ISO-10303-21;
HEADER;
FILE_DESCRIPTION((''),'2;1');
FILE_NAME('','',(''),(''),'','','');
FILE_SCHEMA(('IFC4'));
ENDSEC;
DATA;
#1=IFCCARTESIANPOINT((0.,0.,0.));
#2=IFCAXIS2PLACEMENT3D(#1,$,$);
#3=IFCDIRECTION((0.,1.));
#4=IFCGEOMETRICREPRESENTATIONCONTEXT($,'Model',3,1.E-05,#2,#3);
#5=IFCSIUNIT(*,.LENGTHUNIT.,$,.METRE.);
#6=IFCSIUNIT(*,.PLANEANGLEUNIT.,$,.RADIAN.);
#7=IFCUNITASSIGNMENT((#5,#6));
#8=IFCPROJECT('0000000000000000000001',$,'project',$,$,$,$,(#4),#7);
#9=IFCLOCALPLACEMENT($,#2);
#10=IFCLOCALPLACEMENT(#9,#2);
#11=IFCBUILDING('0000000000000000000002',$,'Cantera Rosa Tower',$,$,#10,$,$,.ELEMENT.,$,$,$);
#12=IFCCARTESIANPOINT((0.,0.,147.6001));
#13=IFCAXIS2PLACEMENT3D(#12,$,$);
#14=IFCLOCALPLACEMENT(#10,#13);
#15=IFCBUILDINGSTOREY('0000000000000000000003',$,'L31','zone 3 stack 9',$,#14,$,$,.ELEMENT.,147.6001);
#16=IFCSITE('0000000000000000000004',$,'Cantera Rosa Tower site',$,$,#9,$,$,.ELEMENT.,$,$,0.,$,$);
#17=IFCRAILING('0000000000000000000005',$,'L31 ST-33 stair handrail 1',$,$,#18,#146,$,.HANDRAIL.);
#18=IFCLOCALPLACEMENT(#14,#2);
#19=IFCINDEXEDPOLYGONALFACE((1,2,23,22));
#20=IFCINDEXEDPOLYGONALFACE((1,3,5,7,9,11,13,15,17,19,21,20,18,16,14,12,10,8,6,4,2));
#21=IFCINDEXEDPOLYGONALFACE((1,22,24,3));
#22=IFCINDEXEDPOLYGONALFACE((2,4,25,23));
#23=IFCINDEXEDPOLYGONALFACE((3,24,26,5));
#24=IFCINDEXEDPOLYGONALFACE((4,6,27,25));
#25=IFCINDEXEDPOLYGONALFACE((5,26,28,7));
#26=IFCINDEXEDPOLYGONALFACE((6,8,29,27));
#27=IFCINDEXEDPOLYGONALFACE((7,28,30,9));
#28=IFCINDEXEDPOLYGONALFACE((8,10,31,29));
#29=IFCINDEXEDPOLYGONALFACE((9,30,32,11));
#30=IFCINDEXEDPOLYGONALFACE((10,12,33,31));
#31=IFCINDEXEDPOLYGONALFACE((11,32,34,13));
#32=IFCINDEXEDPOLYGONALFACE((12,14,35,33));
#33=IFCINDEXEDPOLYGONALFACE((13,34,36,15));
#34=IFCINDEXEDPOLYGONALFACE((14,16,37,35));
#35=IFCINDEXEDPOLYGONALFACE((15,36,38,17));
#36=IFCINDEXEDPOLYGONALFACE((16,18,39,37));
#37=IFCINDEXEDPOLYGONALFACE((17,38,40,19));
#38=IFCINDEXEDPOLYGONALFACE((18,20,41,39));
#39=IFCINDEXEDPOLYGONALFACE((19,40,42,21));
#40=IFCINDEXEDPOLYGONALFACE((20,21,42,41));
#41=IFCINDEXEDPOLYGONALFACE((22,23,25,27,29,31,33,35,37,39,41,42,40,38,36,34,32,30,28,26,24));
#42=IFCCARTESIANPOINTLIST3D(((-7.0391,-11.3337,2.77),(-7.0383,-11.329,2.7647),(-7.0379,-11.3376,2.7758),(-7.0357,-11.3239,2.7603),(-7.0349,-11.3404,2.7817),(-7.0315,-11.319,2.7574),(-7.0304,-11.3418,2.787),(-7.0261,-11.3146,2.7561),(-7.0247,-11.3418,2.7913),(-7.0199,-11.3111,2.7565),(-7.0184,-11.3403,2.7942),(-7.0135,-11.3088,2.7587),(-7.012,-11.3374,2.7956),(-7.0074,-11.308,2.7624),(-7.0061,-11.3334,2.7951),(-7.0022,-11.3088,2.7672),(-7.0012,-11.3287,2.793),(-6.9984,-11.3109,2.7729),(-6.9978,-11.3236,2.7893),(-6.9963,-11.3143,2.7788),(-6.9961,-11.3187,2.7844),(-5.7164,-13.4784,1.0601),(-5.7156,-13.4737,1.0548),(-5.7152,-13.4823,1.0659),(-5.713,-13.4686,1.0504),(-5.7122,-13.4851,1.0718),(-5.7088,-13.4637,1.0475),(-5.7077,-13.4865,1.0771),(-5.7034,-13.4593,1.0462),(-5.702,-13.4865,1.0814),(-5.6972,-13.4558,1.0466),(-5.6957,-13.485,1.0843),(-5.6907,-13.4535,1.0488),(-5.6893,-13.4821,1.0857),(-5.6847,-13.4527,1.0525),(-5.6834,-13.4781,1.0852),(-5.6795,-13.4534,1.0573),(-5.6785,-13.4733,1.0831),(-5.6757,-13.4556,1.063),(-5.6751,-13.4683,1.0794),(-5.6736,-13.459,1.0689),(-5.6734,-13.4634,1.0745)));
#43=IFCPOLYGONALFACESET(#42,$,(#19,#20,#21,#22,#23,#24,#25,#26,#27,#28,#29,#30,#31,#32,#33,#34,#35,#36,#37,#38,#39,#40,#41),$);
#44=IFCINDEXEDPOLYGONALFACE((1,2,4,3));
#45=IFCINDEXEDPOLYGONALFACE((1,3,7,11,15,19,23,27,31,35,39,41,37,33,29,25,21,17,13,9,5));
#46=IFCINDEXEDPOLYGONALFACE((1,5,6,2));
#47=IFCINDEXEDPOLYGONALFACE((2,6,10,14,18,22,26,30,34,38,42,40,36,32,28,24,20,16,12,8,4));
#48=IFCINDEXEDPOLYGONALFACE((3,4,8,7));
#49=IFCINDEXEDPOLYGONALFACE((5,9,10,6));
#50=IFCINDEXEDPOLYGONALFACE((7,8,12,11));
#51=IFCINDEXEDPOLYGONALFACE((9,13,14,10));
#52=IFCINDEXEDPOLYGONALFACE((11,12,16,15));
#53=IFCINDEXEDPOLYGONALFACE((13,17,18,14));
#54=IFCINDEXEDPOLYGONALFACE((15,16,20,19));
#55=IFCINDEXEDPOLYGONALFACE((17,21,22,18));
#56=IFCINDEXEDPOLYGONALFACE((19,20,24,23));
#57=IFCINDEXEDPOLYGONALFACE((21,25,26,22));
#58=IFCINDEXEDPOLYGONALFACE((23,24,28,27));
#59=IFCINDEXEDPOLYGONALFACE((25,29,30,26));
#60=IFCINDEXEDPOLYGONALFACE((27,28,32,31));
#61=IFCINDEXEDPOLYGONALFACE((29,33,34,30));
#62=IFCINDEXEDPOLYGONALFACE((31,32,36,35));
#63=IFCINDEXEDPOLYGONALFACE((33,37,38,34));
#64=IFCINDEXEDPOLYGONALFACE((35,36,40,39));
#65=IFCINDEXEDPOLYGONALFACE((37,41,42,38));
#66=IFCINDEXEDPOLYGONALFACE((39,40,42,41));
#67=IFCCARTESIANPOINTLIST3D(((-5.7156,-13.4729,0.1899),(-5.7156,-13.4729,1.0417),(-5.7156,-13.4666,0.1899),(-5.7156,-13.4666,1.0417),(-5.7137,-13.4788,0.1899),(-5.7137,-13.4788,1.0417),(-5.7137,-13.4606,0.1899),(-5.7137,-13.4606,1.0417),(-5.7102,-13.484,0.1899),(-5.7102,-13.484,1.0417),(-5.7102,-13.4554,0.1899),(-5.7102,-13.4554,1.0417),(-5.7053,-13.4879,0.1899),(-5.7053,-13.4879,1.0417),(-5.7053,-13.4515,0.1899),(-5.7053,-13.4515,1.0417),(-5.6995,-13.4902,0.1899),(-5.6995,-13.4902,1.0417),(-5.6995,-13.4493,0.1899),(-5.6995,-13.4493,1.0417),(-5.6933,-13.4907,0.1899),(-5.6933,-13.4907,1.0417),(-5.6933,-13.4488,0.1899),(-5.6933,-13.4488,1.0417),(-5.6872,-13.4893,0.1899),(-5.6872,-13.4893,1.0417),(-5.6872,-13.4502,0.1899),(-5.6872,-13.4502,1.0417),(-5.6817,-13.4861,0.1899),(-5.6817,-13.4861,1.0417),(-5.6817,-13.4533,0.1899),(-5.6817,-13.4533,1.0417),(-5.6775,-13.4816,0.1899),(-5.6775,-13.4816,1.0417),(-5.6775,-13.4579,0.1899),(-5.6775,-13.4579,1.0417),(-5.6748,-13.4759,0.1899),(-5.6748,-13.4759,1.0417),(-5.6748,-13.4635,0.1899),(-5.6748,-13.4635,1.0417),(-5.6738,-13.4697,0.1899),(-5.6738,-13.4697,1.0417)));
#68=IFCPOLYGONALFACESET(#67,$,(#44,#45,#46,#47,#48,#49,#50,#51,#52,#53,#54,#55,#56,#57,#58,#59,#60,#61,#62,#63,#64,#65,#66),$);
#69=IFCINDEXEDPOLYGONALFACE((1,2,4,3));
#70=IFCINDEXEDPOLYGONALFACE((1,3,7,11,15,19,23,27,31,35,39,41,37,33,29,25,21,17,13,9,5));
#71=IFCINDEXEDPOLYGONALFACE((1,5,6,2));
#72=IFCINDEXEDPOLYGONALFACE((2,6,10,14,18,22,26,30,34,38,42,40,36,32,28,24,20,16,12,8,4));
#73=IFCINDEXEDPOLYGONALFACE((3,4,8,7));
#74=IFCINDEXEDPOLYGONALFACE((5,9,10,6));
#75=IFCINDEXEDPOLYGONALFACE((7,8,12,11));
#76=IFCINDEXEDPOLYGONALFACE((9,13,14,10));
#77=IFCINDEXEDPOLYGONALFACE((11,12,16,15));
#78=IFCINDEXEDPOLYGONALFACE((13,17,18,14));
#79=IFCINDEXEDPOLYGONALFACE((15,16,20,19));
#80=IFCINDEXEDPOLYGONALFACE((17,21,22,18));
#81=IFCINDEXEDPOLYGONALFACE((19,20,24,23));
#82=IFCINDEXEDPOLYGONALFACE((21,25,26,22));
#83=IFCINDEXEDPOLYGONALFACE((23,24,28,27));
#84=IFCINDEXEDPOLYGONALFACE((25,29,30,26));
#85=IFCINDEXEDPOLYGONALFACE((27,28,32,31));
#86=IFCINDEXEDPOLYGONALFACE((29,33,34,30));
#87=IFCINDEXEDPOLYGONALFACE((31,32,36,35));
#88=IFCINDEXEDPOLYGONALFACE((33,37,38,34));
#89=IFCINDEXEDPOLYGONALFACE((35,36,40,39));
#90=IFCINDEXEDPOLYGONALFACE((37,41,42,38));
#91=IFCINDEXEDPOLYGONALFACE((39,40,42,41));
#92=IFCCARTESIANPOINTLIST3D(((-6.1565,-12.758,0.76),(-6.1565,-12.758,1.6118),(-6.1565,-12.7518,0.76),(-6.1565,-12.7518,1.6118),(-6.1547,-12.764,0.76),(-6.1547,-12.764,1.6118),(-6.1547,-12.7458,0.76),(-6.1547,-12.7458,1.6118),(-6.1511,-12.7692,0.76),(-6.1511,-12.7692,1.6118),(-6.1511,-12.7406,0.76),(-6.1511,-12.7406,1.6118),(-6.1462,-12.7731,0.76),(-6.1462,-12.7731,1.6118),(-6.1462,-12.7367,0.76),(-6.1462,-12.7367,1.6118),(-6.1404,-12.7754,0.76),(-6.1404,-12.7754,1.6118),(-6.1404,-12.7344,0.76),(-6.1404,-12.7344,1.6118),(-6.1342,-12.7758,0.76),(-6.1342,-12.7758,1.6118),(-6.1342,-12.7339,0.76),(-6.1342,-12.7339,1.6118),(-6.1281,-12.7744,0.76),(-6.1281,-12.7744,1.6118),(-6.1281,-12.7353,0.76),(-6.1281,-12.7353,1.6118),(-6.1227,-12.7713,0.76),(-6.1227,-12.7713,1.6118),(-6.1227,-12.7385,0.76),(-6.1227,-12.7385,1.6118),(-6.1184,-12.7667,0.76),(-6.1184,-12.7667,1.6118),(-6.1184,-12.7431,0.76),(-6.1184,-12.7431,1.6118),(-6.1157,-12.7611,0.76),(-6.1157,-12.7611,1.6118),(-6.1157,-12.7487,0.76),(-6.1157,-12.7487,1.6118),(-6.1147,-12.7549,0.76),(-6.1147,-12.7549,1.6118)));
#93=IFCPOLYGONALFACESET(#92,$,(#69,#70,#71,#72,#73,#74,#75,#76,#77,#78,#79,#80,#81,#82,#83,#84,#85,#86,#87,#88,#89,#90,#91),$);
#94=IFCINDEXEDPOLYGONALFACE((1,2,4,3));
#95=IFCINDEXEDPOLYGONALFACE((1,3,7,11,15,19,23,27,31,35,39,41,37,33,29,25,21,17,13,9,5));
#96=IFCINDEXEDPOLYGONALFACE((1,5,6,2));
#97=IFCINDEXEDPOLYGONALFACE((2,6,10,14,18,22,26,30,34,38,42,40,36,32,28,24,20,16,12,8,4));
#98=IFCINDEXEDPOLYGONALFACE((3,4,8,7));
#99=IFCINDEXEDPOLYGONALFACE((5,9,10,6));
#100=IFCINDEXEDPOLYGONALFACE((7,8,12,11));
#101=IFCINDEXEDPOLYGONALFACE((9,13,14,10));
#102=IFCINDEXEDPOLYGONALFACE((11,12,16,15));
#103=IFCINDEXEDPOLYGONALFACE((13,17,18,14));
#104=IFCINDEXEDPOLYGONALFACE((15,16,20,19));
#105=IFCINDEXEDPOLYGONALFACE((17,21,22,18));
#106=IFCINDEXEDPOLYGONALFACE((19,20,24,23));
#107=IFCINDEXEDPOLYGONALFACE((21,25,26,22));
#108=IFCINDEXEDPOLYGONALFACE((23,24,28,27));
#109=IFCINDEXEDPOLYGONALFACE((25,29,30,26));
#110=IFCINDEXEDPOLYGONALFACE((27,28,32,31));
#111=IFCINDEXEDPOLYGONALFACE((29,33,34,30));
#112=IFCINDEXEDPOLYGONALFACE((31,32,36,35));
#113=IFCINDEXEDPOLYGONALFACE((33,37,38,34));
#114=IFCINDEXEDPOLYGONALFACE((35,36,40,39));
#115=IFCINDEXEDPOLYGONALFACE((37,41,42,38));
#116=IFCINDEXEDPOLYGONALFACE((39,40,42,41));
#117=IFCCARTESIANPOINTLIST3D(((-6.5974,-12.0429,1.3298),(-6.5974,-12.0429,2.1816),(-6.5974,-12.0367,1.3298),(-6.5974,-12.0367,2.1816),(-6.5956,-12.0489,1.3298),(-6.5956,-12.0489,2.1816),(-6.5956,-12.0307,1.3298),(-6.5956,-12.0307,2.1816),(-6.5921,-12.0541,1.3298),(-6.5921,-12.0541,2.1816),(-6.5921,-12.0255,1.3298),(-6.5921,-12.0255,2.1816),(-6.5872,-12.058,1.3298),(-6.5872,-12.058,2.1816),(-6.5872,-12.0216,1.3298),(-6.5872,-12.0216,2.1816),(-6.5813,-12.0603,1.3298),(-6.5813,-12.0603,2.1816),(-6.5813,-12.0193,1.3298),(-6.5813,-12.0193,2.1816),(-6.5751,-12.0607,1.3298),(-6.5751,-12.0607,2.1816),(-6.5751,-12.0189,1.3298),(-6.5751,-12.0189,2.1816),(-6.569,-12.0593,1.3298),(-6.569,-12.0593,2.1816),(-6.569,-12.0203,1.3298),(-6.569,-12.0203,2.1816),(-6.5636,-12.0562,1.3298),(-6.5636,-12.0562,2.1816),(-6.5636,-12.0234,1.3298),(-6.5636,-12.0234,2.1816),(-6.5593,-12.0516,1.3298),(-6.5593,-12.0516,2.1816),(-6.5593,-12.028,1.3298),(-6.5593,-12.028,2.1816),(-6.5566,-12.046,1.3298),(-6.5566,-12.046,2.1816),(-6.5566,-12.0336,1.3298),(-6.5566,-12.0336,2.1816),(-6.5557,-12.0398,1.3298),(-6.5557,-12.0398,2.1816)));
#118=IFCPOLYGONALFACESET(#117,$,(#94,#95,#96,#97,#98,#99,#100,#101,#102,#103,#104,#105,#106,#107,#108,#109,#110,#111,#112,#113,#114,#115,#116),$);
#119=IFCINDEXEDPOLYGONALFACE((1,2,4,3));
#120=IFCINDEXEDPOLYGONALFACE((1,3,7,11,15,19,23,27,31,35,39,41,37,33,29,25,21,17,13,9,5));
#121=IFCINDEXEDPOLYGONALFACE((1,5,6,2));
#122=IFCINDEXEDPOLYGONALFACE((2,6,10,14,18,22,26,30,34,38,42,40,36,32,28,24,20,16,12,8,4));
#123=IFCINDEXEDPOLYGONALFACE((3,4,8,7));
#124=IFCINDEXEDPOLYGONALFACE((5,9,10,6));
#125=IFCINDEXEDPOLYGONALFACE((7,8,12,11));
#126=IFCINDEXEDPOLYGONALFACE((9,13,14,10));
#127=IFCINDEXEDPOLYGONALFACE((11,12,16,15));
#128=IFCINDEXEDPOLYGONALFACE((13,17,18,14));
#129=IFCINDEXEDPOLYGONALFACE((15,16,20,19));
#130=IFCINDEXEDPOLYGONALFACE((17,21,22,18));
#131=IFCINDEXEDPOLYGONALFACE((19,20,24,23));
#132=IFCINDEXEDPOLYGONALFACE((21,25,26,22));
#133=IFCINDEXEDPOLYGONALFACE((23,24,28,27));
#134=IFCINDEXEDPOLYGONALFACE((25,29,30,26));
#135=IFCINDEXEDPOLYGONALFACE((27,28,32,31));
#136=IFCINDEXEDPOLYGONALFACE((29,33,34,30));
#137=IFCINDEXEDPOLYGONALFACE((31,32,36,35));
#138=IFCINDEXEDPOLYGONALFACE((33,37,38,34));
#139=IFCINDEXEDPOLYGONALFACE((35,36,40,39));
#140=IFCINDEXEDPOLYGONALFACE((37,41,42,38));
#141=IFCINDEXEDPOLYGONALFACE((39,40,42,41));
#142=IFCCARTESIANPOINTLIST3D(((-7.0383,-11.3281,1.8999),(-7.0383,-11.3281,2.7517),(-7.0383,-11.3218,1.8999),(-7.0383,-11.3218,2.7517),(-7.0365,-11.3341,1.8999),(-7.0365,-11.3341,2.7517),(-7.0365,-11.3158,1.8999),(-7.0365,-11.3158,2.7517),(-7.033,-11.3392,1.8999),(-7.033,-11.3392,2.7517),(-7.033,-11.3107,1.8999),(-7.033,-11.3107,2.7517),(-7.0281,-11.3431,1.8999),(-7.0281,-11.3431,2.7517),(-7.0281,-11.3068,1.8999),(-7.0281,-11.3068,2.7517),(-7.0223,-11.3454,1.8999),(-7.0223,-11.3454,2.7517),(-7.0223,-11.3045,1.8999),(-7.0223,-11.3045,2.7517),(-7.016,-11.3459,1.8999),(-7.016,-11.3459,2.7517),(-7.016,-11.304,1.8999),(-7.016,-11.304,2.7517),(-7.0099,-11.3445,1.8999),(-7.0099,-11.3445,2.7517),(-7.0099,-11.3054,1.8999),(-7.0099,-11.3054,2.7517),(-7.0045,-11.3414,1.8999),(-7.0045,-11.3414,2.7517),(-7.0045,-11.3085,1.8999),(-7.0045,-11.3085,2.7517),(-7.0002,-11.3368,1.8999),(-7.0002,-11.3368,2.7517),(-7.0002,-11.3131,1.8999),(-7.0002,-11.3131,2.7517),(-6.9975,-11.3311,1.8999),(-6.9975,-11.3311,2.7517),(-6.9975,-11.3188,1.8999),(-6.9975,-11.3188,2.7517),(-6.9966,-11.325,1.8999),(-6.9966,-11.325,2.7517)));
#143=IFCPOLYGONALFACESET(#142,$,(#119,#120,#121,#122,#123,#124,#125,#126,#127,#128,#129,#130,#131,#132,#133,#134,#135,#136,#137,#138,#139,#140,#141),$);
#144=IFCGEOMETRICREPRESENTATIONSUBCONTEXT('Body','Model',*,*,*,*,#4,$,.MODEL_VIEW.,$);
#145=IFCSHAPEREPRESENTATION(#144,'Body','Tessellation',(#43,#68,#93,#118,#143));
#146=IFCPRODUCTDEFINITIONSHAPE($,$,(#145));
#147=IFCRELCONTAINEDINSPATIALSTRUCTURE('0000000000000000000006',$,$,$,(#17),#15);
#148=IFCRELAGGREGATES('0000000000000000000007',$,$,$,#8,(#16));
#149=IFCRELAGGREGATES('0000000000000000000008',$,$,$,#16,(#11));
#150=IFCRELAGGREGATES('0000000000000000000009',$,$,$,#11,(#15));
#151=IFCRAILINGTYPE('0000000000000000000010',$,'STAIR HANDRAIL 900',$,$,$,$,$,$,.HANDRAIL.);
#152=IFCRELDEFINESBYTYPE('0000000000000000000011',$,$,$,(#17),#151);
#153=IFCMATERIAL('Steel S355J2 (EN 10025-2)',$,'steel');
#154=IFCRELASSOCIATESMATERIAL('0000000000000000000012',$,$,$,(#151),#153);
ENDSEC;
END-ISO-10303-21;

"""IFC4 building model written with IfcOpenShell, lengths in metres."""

from ifc_helpers import new_model, si_unit, direction, frame, origin, origin_2d, place, context, subcontext, project, spatial, circle, extrude, material, type_object, element, save


model = new_model("IFC4")

# Units and contexts
model_context = context("Model", 3, precision=1e-05, world=origin(), true_north=direction((0.0, 1.0)))
body_context = subcontext(model_context, "Body", "Model", "MODEL_VIEW")
ifc_project = project(units=[si_unit("LENGTHUNIT", "METRE"), si_unit("PLANEANGLEUNIT", "RADIAN")], contexts=[model_context])

# Site, building, storey
site_placement = place(None, origin())
site = spatial("IfcSite", under=ifc_project, at=site_placement, Name="Cantera Rosa Tower site", CompositionType="ELEMENT", RefElevation=0.0)
building_placement = place(site_placement, origin())
building = spatial("IfcBuilding", under=site, at=building_placement, Name="Cantera Rosa Tower", CompositionType="ELEMENT")
storey_placement = place(building_placement, frame((0.0, 0.0, 147.6001)))
storey = spatial("IfcBuildingStorey", under=building, at=storey_placement, Name="L31", Description="zone 3 stack 9", CompositionType="ELEMENT", Elevation=147.6001)

# Railing
ifc_material_1 = material(Name="Steel S355J2 (EN 10025-2)", Category="steel")
railing_type_1 = type_object("IfcRailingType", Name="STAIR HANDRAIL 900", PredefinedType="HANDRAIL", material=ifc_material_1)
railing_1_placement = place(storey_placement, frame((-5.6948, -13.4697, 0.1899)))
element("IfcRailing", 1, at=railing_1_placement, inside=storey, type_object=railing_type_1, Name="L31 ST-33 stair handrail 1", PredefinedType="HANDRAIL", context=body_context, shape_type="SweptSolid", body=[
    extrude(circle(Radius=0.0239, at=origin_2d()), frame((0.0, 0.0, 0.876), z_axis=(-0.434363, 0.704296, 0.561513), x_axis=(-0.851146, -0.52493, 0.0)), (0.0, 0.0, 1.0), 3.0452),
    extrude(circle(Radius=0.021, at=origin_2d()), origin(), (0.0, 0.0, 1.0), 0.8518),
    extrude(circle(Radius=0.021, at=origin_2d()), frame((-0.4409, 0.7148, 0.5701)), (0.0, 0.0, 1.0), 0.8518),
    extrude(circle(Radius=0.021, at=origin_2d()), frame((-0.8818, 1.4299, 1.1399)), (0.0, 0.0, 1.0), 0.8518),
    extrude(circle(Radius=0.021, at=origin_2d()), frame((-1.3228, 2.1448, 1.71)), (0.0, 0.0, 1.0), 0.8518),
])

save(model, "model.ifc")
